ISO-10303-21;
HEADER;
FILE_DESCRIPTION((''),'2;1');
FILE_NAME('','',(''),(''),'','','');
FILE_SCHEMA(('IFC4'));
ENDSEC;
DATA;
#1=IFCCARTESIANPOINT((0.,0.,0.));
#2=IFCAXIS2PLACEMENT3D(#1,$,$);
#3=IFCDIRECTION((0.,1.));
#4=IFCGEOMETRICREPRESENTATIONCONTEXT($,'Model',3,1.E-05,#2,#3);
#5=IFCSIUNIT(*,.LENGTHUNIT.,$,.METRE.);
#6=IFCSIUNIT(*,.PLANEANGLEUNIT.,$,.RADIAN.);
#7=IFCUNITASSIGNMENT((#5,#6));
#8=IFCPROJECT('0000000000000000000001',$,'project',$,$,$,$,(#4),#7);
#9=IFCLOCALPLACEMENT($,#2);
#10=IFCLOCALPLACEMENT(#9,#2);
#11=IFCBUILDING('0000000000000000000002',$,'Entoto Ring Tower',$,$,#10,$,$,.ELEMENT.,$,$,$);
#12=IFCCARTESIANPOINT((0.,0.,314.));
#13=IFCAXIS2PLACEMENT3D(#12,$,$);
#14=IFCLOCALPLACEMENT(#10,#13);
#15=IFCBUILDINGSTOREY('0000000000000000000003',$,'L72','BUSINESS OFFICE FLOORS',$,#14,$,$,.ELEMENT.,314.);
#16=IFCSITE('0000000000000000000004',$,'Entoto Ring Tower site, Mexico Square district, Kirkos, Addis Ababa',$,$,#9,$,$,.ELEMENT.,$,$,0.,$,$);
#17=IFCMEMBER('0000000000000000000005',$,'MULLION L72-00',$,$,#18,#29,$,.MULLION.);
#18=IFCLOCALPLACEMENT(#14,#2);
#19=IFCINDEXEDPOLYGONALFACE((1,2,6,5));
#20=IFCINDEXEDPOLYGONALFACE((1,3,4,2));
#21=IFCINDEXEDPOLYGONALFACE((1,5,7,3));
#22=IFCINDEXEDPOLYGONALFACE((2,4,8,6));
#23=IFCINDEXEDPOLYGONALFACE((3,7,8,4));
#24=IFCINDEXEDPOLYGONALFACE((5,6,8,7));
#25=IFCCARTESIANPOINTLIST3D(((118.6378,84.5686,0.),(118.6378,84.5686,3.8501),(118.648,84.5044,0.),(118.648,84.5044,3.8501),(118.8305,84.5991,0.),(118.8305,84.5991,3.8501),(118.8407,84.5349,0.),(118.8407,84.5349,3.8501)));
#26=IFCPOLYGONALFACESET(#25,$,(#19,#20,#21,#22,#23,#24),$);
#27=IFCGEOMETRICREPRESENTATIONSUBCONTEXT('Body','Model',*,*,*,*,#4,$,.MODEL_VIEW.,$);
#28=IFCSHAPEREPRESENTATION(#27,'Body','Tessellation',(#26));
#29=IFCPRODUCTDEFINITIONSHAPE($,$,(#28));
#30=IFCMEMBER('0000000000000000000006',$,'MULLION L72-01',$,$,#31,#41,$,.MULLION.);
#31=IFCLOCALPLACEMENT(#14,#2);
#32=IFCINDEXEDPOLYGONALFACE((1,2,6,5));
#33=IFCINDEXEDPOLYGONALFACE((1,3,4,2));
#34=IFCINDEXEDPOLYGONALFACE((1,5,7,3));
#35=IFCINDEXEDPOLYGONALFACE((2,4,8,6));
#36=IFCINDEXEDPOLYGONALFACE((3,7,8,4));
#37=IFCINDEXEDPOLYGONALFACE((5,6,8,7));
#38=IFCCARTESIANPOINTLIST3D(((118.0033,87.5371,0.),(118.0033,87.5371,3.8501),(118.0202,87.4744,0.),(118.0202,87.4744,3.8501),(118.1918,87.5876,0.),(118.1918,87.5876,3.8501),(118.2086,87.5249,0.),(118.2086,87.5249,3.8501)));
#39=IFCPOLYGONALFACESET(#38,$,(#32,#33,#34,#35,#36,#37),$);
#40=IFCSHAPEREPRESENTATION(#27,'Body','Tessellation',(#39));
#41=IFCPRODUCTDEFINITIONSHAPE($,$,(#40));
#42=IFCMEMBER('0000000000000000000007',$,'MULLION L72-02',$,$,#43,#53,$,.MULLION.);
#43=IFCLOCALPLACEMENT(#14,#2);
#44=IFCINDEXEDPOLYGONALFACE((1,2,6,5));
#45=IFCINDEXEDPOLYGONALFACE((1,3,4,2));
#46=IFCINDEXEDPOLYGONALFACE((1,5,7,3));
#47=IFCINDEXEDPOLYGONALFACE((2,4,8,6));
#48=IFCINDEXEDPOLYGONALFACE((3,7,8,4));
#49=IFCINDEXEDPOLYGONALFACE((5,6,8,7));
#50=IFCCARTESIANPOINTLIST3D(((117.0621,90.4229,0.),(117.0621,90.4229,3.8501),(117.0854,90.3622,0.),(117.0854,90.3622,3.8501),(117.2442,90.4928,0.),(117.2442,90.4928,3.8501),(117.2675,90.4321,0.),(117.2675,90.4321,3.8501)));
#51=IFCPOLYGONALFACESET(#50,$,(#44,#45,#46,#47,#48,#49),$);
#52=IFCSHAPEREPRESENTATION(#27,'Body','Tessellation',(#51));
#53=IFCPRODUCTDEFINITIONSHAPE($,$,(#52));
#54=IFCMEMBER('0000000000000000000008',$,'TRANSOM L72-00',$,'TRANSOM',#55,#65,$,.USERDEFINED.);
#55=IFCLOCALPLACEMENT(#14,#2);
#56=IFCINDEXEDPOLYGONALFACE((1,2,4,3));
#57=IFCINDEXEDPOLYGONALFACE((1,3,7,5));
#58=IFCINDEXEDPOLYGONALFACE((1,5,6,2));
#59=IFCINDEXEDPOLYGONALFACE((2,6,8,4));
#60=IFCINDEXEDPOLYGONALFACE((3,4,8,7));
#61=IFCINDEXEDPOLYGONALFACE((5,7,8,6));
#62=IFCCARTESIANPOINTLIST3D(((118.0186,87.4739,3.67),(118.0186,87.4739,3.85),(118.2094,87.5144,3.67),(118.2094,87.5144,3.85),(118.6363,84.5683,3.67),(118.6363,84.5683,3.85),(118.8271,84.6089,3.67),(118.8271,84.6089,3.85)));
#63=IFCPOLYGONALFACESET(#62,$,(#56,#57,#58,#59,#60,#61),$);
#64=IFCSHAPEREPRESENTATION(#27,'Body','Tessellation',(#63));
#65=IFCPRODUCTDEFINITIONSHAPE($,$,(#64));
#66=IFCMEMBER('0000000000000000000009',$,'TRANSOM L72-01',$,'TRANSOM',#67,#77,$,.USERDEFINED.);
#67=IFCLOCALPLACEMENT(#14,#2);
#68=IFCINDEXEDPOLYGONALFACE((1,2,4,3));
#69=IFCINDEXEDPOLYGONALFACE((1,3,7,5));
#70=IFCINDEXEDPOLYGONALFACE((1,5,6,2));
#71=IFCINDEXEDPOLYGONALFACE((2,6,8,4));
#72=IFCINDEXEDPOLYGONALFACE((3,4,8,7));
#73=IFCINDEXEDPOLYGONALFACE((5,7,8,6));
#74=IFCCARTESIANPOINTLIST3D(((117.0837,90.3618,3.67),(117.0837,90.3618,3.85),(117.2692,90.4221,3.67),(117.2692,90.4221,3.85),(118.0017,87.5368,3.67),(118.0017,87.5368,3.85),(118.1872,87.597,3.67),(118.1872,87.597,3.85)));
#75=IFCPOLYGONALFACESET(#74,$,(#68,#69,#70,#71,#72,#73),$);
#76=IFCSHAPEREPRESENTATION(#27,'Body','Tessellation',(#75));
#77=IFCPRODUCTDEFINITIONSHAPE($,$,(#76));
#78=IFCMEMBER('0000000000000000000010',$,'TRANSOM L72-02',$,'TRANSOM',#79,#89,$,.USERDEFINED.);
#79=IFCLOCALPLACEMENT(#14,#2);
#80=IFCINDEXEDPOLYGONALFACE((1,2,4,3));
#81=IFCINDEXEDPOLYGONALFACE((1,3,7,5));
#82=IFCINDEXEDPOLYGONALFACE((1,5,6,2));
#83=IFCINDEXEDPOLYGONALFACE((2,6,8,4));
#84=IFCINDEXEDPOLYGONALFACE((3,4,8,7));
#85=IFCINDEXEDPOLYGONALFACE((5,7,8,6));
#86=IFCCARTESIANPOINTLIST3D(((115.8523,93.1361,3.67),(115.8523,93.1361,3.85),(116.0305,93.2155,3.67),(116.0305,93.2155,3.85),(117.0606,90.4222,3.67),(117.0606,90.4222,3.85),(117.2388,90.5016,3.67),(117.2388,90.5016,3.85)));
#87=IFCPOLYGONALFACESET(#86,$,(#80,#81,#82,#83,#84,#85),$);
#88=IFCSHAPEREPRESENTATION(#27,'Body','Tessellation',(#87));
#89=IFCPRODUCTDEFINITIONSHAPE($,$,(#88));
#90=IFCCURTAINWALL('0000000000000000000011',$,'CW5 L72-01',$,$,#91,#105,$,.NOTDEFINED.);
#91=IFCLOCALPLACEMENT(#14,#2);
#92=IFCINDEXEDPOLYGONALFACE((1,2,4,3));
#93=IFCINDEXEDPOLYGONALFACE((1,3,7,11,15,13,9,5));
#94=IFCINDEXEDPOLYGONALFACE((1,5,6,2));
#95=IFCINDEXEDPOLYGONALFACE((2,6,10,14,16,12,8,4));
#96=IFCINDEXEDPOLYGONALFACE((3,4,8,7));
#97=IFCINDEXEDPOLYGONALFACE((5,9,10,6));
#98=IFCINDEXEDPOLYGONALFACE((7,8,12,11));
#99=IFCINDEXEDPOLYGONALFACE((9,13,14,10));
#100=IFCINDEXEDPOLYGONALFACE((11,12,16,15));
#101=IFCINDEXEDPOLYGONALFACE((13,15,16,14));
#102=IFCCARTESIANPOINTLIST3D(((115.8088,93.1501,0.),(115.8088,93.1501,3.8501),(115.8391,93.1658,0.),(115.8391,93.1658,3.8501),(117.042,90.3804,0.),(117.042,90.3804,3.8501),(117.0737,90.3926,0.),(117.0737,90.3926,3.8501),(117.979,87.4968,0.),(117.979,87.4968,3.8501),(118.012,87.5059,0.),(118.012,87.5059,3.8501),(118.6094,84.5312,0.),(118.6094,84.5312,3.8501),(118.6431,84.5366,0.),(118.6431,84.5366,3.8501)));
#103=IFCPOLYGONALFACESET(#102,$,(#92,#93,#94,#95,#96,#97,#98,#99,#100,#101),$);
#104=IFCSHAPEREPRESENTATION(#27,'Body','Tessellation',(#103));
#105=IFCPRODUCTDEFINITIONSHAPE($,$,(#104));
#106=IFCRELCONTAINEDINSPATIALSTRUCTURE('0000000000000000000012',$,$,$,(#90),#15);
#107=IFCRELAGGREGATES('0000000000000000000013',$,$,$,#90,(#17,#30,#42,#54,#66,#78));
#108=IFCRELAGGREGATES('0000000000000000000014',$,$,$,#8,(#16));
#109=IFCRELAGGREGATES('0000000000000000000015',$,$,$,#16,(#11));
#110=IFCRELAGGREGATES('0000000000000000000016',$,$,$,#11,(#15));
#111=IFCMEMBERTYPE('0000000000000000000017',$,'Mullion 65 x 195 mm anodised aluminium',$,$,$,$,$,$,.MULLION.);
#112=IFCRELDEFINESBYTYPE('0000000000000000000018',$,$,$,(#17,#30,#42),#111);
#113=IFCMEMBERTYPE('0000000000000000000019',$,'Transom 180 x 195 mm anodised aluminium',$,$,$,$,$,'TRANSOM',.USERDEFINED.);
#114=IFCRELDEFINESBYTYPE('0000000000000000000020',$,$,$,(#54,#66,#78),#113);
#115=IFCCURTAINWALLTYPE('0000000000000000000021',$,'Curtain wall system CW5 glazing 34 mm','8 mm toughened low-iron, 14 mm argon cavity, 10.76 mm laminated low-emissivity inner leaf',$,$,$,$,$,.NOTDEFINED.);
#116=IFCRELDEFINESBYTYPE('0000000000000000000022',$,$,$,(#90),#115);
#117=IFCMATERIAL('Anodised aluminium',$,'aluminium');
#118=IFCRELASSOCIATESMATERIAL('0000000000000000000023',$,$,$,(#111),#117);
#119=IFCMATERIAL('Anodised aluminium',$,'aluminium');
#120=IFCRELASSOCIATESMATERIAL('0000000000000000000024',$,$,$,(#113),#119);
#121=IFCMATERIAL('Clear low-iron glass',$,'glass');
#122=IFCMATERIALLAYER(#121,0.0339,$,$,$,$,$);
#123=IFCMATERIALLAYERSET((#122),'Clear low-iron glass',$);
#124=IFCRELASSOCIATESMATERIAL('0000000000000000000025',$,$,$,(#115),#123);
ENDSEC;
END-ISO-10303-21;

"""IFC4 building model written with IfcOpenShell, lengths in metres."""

from ifc_helpers import new_model, si_unit, direction, frame, origin, origin_2d, place, context, subcontext, project, spatial, polyline, rectangle, outline, extrude, material, layer, layer_set, material_profile, profile_set, type_object, element, aggregate, save


model = new_model("IFC4")

# Units and contexts
model_context = context("Model", 3, precision=1e-05, world=origin(), true_north=direction((0.0, 1.0)))
body_context = subcontext(model_context, "Body", "Model", "MODEL_VIEW")
ifc_project = project(units=[si_unit("LENGTHUNIT", "METRE"), si_unit("PLANEANGLEUNIT", "RADIAN")], contexts=[model_context])

# Members
ifc_material_1 = material(Name="Anodised aluminium", Category="aluminium")
ifc_material_profile_1 = material_profile(ifc_material_1, rectangle(XDim=0.0649, YDim=0.1951, at=origin_2d()), Name="Mullion 65 x 195 mm anodised aluminium")
ifc_profile_set_1 = profile_set([ifc_material_profile_1], Name="Anodised aluminium")
member_type_1 = type_object("IfcMemberType", Name="Mullion 65 x 195 mm anodised aluminium", PredefinedType="MULLION", material=ifc_profile_set_1)
site_placement = place(None, origin())
building_placement = place(site_placement, origin())
storey_placement = place(building_placement, frame((0.0, 0.0, 314.0)))
member_1_placement = place(storey_placement, frame((118.7393, 84.5518, 0.0), z_axis=(0.0, 0.0, 1.0), x_axis=(-0.156434, 0.987688, 0.0)))
member_1 = element("IfcMember", 1, at=member_1_placement, type_object=member_type_1, Name="MULLION L72-00", PredefinedType="MULLION", context=body_context, shape_type="SweptSolid", body=[
    extrude(rectangle(XDim=0.0649, YDim=0.1951, at=origin_2d()), origin(), (0.0, 0.0, 1.0), 3.8501),
])
member_2_placement = place(storey_placement, frame((118.106, 87.531, 0.0), z_axis=(0.0, 0.0, 1.0), x_axis=(-0.258819, 0.965926, 0.0)))
member_2 = element("IfcMember", 2, at=member_2_placement, type_object=member_type_1, Name="MULLION L72-01", PredefinedType="MULLION", context=body_context, shape_type="SweptSolid", body=[
    extrude(rectangle(XDim=0.0649, YDim=0.1951, at=origin_2d()), origin(), (0.0, 0.0, 1.0), 3.8501),
])
member_3_placement = place(storey_placement, frame((117.1648, 90.4275, 0.0), z_axis=(0.0, 0.0, 1.0), x_axis=(-0.358368, 0.93358, 0.0)))
member_3 = element("IfcMember", 3, at=member_3_placement, type_object=member_type_1, Name="MULLION L72-02", PredefinedType="MULLION", context=body_context, shape_type="SweptSolid", body=[
    extrude(rectangle(XDim=0.0649, YDim=0.1951, at=origin_2d()), origin(), (0.0, 0.0, 1.0), 3.8501),
])
ifc_material_2 = material(Name="Anodised aluminium", Category="aluminium")
ifc_material_profile_2 = material_profile(ifc_material_2, rectangle(XDim=0.1951, YDim=0.1799, at=origin_2d()), Name="Transom 180 x 195 mm anodised aluminium")
ifc_profile_set_2 = profile_set([ifc_material_profile_2], Name="Anodised aluminium")
member_type_2 = type_object("IfcMemberType", Name="Transom 180 x 195 mm anodised aluminium", ElementType="TRANSOM", PredefinedType="USERDEFINED", material=ifc_profile_set_2)
member_4_placement = place(storey_placement, frame((118.7317, 84.5886, 3.76), z_axis=(-0.20794, 0.978142, 0.0), x_axis=(-0.978142, -0.20794, 0.0)))
member_4 = element("IfcMember", 4, at=member_4_placement, type_object=member_type_2, Name="TRANSOM L72-00", ObjectType="TRANSOM", PredefinedType="USERDEFINED", context=body_context, shape_type="SweptSolid", body=[
    extrude(rectangle(XDim=0.1951, YDim=0.1799, at=origin_2d()), origin(), (0.0, 0.0, 1.0), 2.9705),
])
member_5_placement = place(storey_placement, frame((118.0945, 87.5669, 3.76), z_axis=(-0.309043, 0.951048, 0.0), x_axis=(-0.951048, -0.309043, 0.0)))
member_5 = element("IfcMember", 5, at=member_5_placement, type_object=member_type_2, Name="TRANSOM L72-01", ObjectType="TRANSOM", PredefinedType="USERDEFINED", context=body_context, shape_type="SweptSolid", body=[
    extrude(rectangle(XDim=0.1951, YDim=0.1799, at=origin_2d()), origin(), (0.0, 0.0, 1.0), 2.9705),
])
member_6_placement = place(storey_placement, frame((117.1497, 90.4619, 3.76), z_axis=(-0.406726, 0.91355, 0.0), x_axis=(-0.91355, -0.406726, 0.0)))
member_6 = element("IfcMember", 6, at=member_6_placement, type_object=member_type_2, Name="TRANSOM L72-02", ObjectType="TRANSOM", PredefinedType="USERDEFINED", context=body_context, shape_type="SweptSolid", body=[
    extrude(rectangle(XDim=0.1951, YDim=0.1799, at=origin_2d()), origin(), (0.0, 0.0, 1.0), 2.9707),
])

# Site, building, storey
site = spatial("IfcSite", under=ifc_project, at=site_placement, Name="Entoto Ring Tower site, Mexico Square district, Kirkos, Addis Ababa", CompositionType="ELEMENT", RefElevation=0.0)
building = spatial("IfcBuilding", under=site, at=building_placement, Name="Entoto Ring Tower", CompositionType="ELEMENT")
storey = spatial("IfcBuildingStorey", under=building, at=storey_placement, Name="L72", Description="BUSINESS OFFICE FLOORS", CompositionType="ELEMENT", Elevation=314.0)

# Curtain wall
ifc_material_3 = material(Name="Clear low-iron glass", Category="glass")
ifc_layer_1 = layer(ifc_material_3, 0.0339)
ifc_layer_set_1 = layer_set([ifc_layer_1], Name="Clear low-iron glass")
curtain_wall_type = type_object("IfcCurtainWallType", Name="Curtain wall system CW5 glazing 34 mm", Description="8 mm toughened low-iron, 14 mm argon cavity, 10.76 mm laminated low-emissivity inner leaf", PredefinedType="NOTDEFINED", material=ifc_layer_set_1)
curtain_wall_1_placement = place(storey_placement, origin())
curtain_wall_1 = element("IfcCurtainWall", 7, at=curtain_wall_1_placement, inside=storey, type_object=curtain_wall_type, Name="CW5 L72-01", PredefinedType="NOTDEFINED", context=body_context, shape_type="SweptSolid", body=[
    extrude(outline(polyline([(118.6431, 84.5366), (118.012, 87.5059), (117.0737, 90.3926), (115.8391, 93.1658), (115.8088, 93.1501), (117.042, 90.3804), (117.979, 87.4968), (118.6094, 84.5312), (118.6431, 84.5366)])), origin(), (0.0, 0.0, 1.0), 3.8501),
])
aggregate(curtain_wall_1, [member_1, member_2, member_3, member_4, member_5, member_6])

save(model, "model.ifc")
